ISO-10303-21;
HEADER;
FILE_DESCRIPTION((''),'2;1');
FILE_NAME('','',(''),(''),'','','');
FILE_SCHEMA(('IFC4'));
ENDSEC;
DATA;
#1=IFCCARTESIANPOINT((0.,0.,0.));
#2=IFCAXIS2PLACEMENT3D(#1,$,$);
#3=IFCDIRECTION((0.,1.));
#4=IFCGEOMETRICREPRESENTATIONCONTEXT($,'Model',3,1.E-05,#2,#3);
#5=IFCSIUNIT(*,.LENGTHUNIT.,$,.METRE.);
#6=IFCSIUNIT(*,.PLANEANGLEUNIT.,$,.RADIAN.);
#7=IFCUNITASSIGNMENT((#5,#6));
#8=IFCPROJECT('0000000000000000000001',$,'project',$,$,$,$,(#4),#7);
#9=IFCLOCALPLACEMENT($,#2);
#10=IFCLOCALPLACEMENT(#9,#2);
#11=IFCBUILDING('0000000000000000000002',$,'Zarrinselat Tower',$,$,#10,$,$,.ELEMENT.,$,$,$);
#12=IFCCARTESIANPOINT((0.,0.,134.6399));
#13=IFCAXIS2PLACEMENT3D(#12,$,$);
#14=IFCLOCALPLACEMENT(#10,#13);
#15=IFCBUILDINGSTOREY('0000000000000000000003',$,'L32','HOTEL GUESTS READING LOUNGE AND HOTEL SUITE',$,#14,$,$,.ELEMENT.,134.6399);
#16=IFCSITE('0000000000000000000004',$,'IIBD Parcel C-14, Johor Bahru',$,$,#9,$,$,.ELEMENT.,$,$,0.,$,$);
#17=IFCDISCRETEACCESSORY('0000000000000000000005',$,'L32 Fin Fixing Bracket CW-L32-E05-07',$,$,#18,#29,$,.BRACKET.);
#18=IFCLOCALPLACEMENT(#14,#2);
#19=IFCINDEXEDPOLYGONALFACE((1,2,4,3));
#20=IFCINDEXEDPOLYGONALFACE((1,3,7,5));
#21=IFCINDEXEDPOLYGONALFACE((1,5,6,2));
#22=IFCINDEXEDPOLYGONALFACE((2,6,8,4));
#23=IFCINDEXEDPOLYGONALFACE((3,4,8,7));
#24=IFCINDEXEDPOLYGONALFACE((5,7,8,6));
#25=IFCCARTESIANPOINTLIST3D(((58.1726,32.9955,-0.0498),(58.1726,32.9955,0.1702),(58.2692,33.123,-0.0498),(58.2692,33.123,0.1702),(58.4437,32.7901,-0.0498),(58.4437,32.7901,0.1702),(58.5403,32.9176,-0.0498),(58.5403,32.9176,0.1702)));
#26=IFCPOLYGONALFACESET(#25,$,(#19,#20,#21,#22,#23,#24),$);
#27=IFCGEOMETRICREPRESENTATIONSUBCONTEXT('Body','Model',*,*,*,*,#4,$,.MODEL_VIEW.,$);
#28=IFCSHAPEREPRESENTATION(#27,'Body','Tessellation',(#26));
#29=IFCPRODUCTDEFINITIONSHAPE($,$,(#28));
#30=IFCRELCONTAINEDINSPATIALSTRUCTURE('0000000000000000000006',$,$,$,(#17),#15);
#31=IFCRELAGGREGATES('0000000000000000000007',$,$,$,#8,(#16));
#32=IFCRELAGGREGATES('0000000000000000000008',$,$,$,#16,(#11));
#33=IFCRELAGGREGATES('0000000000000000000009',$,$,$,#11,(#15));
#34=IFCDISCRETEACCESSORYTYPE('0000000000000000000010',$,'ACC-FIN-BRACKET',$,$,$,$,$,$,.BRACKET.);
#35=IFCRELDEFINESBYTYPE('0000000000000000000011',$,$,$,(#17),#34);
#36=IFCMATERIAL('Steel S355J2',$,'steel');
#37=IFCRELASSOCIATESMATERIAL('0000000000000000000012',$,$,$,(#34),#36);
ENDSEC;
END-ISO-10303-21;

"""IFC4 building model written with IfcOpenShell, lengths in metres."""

from ifc_helpers import new_model, si_unit, direction, frame, origin, origin_2d, place, context, subcontext, project, spatial, rectangle, extrude, material, type_object, element, save


model = new_model("IFC4")

# Units and contexts
model_context = context("Model", 3, precision=1e-05, world=origin(), true_north=direction((0.0, 1.0)))
body_context = subcontext(model_context, "Body", "Model", "MODEL_VIEW")
ifc_project = project(units=[si_unit("LENGTHUNIT", "METRE"), si_unit("PLANEANGLEUNIT", "RADIAN")], contexts=[model_context])

# Site, building, storey
site_placement = place(None, origin())
site = spatial("IfcSite", under=ifc_project, at=site_placement, Name="IIBD Parcel C-14, Johor Bahru", CompositionType="ELEMENT", RefElevation=0.0)
building_placement = place(site_placement, origin())
building = spatial("IfcBuilding", under=site, at=building_placement, Name="Zarrinselat Tower", CompositionType="ELEMENT")
storey_placement = place(building_placement, frame((0.0, 0.0, 134.6399)))
storey = spatial("IfcBuildingStorey", under=building, at=storey_placement, Name="L32", Description="HOTEL GUESTS READING LOUNGE AND HOTEL SUITE", CompositionType="ELEMENT", Elevation=134.6399)

# Discrete accessory
ifc_material_1 = material(Name="Steel S355J2", Category="steel")
discrete_accessory_type = type_object("IfcDiscreteAccessoryType", Name="ACC-FIN-BRACKET", PredefinedType="BRACKET", material=ifc_material_1)
discrete_accessory_placement = place(storey_placement, frame((58.3564, 32.9565, -0.0498), z_axis=(0.0, 0.0, 1.0), x_axis=(0.797094, -0.603856, 0.0)))
element("IfcDiscreteAccessory", 1, at=discrete_accessory_placement, inside=storey, type_object=discrete_accessory_type, Name="L32 Fin Fixing Bracket CW-L32-E05-07", PredefinedType="BRACKET", context=body_context, shape_type="SweptSolid", body=[
    extrude(rectangle(XDim=0.3401, YDim=0.1599, at=origin_2d()), origin(), (0.0, 0.0, 1.0), 0.22),
])

save(model, "model.ifc")
